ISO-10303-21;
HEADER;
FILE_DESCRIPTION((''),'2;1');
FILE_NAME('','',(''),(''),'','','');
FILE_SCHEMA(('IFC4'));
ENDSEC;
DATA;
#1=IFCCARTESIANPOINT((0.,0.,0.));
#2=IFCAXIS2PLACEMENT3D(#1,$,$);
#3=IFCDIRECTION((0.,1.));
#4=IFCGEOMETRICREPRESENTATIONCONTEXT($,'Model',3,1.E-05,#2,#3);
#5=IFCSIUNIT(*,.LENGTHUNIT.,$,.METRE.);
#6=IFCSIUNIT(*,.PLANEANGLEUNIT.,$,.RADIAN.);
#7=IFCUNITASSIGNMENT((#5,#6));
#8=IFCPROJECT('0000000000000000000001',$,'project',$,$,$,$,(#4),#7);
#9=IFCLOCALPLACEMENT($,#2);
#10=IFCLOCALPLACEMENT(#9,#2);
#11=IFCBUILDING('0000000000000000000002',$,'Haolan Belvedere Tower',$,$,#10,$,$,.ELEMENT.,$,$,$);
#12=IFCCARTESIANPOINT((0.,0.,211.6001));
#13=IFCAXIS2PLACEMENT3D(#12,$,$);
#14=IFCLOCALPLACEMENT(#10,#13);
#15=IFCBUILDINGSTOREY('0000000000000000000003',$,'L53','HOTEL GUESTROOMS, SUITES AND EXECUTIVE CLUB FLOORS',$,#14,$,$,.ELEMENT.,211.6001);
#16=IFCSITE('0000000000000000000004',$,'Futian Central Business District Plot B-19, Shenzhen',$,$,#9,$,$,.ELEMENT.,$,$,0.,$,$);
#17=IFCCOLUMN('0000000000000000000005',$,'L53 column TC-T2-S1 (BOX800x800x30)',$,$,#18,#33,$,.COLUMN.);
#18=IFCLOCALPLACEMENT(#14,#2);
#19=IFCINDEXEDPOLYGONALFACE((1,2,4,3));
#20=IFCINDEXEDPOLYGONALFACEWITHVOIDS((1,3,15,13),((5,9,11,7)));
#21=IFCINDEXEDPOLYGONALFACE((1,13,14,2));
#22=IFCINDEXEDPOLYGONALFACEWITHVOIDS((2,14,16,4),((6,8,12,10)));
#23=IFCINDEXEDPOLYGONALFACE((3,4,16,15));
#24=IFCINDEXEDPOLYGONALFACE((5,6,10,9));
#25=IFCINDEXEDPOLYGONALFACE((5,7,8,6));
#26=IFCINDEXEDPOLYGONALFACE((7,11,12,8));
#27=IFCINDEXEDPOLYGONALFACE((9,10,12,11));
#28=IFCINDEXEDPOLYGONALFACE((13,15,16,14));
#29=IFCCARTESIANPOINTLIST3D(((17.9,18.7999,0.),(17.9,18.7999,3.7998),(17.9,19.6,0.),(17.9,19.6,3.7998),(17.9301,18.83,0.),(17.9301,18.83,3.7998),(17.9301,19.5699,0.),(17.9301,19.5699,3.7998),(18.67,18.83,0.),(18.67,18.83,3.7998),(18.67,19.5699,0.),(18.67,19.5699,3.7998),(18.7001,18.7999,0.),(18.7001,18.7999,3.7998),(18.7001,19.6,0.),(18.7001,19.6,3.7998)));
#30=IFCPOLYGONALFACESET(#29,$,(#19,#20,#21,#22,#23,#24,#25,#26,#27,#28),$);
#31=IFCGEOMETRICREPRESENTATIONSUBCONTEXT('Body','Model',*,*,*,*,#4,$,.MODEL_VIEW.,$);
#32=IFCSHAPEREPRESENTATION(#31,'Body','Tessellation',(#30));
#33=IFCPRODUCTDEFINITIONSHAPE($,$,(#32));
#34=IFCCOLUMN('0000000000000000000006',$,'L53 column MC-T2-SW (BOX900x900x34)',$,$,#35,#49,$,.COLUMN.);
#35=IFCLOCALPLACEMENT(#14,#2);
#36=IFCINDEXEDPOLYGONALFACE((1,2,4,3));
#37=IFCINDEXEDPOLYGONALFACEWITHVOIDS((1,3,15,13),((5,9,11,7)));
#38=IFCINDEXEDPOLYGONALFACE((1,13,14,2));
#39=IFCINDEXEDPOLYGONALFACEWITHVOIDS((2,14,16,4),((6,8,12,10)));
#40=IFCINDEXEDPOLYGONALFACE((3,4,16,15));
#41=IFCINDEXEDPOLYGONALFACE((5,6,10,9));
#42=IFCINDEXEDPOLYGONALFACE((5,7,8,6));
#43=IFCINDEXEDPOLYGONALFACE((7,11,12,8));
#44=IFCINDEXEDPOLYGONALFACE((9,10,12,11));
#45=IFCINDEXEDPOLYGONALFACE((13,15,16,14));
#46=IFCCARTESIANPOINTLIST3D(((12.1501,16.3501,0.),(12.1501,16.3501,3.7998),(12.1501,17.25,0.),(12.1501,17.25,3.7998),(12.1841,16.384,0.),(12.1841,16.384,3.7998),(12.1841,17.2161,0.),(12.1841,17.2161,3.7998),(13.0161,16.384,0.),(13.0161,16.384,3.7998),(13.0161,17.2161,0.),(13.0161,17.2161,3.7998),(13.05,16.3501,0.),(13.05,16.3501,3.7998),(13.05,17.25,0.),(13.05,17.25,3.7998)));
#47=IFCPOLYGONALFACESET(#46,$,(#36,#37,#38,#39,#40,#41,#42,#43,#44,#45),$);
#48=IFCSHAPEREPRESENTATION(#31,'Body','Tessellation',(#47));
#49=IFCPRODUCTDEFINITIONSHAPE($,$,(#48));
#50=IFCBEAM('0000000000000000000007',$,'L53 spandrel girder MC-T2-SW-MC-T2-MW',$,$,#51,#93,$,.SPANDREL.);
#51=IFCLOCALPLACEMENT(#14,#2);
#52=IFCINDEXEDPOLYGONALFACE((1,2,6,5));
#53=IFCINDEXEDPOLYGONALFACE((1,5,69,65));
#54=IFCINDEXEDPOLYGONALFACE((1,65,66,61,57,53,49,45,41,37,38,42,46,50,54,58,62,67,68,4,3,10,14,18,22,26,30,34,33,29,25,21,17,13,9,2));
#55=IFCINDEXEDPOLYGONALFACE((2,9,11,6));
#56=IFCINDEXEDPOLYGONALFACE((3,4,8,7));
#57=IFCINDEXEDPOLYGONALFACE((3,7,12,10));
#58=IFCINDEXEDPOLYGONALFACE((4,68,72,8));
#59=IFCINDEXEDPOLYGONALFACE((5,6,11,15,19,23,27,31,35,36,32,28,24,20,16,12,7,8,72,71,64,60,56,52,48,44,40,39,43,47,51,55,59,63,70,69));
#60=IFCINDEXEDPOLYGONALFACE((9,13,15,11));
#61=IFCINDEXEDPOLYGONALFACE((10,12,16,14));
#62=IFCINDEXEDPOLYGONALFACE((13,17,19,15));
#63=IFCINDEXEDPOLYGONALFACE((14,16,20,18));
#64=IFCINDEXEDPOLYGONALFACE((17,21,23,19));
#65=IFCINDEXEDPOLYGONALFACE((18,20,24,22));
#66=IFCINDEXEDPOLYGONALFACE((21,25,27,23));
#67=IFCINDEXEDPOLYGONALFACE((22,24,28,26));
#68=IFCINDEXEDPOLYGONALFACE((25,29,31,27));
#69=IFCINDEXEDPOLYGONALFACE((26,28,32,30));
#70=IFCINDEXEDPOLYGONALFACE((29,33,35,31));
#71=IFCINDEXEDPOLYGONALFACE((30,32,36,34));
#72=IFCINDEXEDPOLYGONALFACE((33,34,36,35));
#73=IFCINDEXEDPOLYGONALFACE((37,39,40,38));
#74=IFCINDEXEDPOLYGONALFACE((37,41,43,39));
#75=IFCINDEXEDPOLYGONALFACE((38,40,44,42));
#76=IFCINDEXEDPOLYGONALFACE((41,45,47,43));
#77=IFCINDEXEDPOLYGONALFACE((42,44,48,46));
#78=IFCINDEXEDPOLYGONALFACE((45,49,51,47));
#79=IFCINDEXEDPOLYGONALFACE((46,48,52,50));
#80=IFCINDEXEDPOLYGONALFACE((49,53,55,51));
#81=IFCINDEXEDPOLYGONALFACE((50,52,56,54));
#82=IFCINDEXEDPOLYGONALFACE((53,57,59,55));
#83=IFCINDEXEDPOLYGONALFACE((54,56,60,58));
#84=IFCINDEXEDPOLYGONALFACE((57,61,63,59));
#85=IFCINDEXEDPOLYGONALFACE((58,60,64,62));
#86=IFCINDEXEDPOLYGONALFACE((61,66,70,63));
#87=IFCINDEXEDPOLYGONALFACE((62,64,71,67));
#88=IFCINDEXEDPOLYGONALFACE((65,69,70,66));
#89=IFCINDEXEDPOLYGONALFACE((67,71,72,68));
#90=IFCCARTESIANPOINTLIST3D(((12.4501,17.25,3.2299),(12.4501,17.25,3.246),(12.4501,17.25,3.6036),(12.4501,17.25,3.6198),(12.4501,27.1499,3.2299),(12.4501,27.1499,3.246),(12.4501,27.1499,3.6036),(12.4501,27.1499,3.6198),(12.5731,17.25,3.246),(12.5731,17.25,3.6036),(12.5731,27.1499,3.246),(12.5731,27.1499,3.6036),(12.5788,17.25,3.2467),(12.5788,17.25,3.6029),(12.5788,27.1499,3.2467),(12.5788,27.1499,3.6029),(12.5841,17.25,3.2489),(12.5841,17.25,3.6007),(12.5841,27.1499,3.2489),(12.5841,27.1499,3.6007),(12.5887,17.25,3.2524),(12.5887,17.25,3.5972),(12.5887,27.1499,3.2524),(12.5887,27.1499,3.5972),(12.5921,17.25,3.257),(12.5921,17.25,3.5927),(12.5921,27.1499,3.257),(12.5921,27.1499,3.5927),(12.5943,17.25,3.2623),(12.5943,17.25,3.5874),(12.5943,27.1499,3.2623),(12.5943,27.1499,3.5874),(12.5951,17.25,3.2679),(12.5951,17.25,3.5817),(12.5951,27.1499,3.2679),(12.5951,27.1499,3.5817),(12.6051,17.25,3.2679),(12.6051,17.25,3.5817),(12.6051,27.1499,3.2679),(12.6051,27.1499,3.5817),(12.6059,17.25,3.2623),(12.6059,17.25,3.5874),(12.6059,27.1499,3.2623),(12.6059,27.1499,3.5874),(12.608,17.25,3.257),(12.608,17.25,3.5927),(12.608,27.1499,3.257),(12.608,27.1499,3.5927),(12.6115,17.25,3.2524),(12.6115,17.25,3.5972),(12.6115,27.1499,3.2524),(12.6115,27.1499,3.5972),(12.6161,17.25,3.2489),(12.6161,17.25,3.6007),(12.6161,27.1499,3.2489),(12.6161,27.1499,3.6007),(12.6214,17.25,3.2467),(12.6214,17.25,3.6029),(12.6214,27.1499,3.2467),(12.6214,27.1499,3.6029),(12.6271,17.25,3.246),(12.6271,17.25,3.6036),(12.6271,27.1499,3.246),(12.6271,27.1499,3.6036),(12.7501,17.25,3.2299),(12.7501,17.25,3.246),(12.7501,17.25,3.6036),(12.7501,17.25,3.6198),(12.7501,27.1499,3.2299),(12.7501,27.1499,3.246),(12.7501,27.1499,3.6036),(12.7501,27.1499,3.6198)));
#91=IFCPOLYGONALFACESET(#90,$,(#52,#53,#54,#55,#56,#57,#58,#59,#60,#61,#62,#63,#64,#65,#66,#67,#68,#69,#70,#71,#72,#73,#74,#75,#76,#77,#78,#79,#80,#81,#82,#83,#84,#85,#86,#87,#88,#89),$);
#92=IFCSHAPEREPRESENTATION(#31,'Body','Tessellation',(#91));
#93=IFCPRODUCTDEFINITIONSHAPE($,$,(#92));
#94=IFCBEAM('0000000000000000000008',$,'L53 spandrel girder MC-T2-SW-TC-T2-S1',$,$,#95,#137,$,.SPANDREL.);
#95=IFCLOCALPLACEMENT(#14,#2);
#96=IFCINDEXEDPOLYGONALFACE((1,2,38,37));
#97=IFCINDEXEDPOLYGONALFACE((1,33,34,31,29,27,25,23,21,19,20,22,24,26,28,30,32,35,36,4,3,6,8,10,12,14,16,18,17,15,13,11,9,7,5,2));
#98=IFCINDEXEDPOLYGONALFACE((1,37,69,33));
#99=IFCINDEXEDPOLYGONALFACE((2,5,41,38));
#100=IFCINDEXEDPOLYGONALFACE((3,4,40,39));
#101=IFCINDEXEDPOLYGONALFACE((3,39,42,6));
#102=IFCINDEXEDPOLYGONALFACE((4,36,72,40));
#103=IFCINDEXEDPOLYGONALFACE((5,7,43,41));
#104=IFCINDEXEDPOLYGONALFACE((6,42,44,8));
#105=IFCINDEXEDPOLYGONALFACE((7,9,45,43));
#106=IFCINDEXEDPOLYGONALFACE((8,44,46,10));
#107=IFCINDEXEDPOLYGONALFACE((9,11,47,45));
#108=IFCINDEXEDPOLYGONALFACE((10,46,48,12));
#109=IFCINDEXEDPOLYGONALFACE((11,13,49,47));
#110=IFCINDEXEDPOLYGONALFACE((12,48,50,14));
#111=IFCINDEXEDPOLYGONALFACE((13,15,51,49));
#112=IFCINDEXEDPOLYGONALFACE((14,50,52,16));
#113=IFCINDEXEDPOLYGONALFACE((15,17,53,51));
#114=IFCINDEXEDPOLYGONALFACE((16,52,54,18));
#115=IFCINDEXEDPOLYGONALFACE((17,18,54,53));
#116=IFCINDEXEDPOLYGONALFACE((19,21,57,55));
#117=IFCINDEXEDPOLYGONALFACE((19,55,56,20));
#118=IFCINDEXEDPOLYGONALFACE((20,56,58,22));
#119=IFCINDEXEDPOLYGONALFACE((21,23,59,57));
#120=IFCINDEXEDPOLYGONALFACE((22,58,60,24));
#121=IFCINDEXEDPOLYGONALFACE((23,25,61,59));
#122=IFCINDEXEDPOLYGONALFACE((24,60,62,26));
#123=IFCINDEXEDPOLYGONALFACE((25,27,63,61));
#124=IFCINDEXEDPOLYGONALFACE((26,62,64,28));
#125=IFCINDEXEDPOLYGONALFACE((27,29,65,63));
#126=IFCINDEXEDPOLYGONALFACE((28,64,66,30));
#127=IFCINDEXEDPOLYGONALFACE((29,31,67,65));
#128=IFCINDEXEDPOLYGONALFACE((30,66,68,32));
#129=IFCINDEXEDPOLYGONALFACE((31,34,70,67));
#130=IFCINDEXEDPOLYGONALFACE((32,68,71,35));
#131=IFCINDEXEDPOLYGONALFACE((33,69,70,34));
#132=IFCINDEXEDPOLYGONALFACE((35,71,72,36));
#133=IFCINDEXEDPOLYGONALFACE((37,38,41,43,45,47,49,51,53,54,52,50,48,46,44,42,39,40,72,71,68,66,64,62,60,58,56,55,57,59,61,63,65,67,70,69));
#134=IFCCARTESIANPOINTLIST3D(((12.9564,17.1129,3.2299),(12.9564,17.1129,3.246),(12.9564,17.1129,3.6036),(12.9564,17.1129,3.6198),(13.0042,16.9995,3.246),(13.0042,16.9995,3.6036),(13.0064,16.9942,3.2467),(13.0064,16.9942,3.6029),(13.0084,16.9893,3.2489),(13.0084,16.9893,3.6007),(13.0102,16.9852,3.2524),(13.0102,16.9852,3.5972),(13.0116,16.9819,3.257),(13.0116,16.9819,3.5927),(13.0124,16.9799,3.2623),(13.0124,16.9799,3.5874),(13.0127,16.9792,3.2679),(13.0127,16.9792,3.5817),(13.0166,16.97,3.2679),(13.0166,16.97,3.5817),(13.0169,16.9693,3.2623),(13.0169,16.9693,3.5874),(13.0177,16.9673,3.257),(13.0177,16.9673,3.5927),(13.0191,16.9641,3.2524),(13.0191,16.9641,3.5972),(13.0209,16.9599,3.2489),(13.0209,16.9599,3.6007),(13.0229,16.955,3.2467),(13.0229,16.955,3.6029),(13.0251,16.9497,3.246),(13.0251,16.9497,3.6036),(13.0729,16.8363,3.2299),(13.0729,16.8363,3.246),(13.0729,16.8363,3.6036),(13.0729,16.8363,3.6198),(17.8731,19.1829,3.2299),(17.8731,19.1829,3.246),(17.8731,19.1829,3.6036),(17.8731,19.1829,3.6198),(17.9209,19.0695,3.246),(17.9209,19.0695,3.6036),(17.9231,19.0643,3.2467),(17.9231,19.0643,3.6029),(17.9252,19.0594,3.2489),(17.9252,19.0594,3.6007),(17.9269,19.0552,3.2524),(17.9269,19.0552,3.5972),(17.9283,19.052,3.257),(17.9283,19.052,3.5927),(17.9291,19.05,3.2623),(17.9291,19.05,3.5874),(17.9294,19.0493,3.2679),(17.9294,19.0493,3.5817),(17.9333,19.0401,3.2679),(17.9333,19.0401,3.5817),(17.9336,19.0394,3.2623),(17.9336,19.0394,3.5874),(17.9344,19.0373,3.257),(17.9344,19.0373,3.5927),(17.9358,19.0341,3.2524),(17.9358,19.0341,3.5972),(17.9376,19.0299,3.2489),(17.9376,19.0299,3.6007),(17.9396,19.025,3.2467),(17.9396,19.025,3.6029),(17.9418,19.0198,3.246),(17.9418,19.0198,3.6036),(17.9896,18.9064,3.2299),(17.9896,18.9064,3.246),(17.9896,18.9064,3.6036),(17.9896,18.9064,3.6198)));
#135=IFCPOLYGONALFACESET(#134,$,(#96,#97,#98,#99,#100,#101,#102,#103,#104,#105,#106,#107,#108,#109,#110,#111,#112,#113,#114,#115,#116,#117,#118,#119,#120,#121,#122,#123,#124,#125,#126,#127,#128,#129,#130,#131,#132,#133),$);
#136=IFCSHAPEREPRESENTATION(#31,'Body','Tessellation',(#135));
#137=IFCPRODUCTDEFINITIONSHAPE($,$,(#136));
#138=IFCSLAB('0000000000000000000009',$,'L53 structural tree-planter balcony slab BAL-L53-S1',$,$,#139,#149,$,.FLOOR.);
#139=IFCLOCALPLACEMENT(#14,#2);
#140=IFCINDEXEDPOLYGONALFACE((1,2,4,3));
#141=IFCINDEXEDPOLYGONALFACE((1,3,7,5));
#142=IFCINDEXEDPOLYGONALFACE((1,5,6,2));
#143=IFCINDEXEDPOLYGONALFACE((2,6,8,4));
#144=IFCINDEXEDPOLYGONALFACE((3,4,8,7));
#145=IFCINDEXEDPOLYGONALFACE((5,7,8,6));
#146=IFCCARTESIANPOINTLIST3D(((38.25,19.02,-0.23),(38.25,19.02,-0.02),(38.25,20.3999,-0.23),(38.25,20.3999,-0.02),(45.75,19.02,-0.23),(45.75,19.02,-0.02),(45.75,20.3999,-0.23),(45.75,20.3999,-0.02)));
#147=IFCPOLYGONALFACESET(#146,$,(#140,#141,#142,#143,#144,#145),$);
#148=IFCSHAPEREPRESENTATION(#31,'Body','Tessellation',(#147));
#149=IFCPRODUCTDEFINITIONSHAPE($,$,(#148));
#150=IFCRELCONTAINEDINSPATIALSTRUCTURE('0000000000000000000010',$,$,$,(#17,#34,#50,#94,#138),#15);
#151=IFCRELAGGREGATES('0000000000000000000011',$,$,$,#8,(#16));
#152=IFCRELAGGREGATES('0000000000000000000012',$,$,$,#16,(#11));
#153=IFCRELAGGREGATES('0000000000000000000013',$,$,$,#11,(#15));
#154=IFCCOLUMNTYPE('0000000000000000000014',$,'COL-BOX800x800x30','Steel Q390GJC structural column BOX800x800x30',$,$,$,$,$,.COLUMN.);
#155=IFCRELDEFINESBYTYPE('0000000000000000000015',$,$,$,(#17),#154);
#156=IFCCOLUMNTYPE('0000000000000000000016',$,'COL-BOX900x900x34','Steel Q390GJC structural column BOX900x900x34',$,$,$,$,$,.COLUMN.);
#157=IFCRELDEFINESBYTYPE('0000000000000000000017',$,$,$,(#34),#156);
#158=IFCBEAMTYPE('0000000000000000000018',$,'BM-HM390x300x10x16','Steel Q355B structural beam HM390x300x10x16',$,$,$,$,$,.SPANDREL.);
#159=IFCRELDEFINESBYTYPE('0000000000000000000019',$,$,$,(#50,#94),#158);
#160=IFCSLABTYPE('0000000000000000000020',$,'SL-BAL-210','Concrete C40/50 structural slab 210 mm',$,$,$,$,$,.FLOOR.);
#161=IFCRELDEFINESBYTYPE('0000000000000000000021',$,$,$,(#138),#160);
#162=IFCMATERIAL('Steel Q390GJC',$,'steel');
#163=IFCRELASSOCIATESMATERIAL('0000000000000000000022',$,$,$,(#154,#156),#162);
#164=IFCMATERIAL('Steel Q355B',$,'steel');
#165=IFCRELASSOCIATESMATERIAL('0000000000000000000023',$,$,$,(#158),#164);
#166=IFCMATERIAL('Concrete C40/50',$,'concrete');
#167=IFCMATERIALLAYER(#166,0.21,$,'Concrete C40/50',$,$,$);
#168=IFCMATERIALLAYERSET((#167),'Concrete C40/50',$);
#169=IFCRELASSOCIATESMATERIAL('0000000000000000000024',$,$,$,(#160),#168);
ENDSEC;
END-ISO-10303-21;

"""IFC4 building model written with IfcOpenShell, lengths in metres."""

from ifc_helpers import new_model, si_unit, direction, frame, origin, origin_2d, place, context, subcontext, project, spatial, polyline, hollow_rectangle, i_section, outline, extrude, material, layer, layer_set, material_profile, profile_set, type_object, element, save


model = new_model("IFC4")

# Units and contexts
model_context = context("Model", 3, precision=1e-05, world=origin(), true_north=direction((0.0, 1.0)))
body_context = subcontext(model_context, "Body", "Model", "MODEL_VIEW")
ifc_project = project(units=[si_unit("LENGTHUNIT", "METRE"), si_unit("PLANEANGLEUNIT", "RADIAN")], contexts=[model_context])

# Site, building, storey
site_placement = place(None, origin())
site = spatial("IfcSite", under=ifc_project, at=site_placement, Name="Futian Central Business District Plot B-19, Shenzhen", CompositionType="ELEMENT", RefElevation=0.0)
building_placement = place(site_placement, origin())
building = spatial("IfcBuilding", under=site, at=building_placement, Name="Haolan Belvedere Tower", CompositionType="ELEMENT")
storey_placement = place(building_placement, frame((0.0, 0.0, 211.6001)))
storey = spatial("IfcBuildingStorey", under=building, at=storey_placement, Name="L53", Description="HOTEL GUESTROOMS, SUITES AND EXECUTIVE CLUB FLOORS", CompositionType="ELEMENT", Elevation=211.6001)

# Columns
ifc_material_1 = material(Name="Steel Q390GJC", Category="steel")
ifc_material_profile_1 = material_profile(ifc_material_1, hollow_rectangle(XDim=0.8, YDim=0.8, WallThickness=0.03, at=origin_2d()), Name="Steel Q390GJC")
ifc_profile_set_1 = profile_set([ifc_material_profile_1], Name="Steel Q390GJC")
column_type_1 = type_object("IfcColumnType", Name="COL-BOX800x800x30", Description="Steel Q390GJC structural column BOX800x800x30", PredefinedType="COLUMN", material=ifc_profile_set_1)
column_1_placement = place(storey_placement, frame((18.3, 19.2, 0.0), z_axis=(0.0, 0.0, 1.0), x_axis=(1.0, 0.0, 0.0)))
element("IfcColumn", 1, at=column_1_placement, inside=storey, type_object=column_type_1, Name="L53 column TC-T2-S1 (BOX800x800x30)", PredefinedType="COLUMN", context=body_context, shape_type="SweptSolid", body=[
    extrude(hollow_rectangle(XDim=0.8, YDim=0.8, WallThickness=0.03, at=origin_2d()), origin(), (0.0, 0.0, 1.0), 3.7998),
])
ifc_material_profile_2 = material_profile(ifc_material_1, hollow_rectangle(XDim=0.8999, YDim=0.8999, WallThickness=0.0339, at=origin_2d()), Name="Steel Q390GJC")
ifc_profile_set_2 = profile_set([ifc_material_profile_2], Name="Steel Q390GJC")
column_type_2 = type_object("IfcColumnType", Name="COL-BOX900x900x34", Description="Steel Q390GJC structural column BOX900x900x34", PredefinedType="COLUMN", material=ifc_profile_set_2)
column_2_placement = place(storey_placement, frame((12.6001, 16.8, 0.0), z_axis=(0.0, 0.0, 1.0), x_axis=(1.0, 0.0, 0.0)))
element("IfcColumn", 2, at=column_2_placement, inside=storey, type_object=column_type_2, Name="L53 column MC-T2-SW (BOX900x900x34)", PredefinedType="COLUMN", context=body_context, shape_type="SweptSolid", body=[
    extrude(hollow_rectangle(XDim=0.8999, YDim=0.8999, WallThickness=0.0339, at=origin_2d()), origin(), (0.0, 0.0, 1.0), 3.7998),
])

# Beams
ifc_material_2 = material(Name="Steel Q355B", Category="steel")
ifc_material_profile_3 = material_profile(ifc_material_2, i_section(OverallWidth=0.3, OverallDepth=0.3899, WebThickness=0.01, FlangeThickness=0.0161, FilletRadius=0.022, at=origin_2d()), Name="Steel Q355B")
ifc_profile_set_3 = profile_set([ifc_material_profile_3], Name="Steel Q355B")
beam_type = type_object("IfcBeamType", Name="BM-HM390x300x10x16", Description="Steel Q355B structural beam HM390x300x10x16", PredefinedType="SPANDREL", material=ifc_profile_set_3)
beam_1_placement = place(storey_placement, frame((12.6001, 17.25, 3.4248), z_axis=(0.0, 1.0, 0.0), x_axis=(-1.0, 0.0, 0.0)))
element("IfcBeam", 3, at=beam_1_placement, inside=storey, type_object=beam_type, Name="L53 spandrel girder MC-T2-SW-MC-T2-MW", PredefinedType="SPANDREL", context=body_context, shape_type="SweptSolid", body=[
    extrude(i_section(OverallWidth=0.3, OverallDepth=0.3899, WebThickness=0.01, FlangeThickness=0.0161, FilletRadius=0.022, at=origin_2d()), origin(), (0.0, 0.0, 1.0), 9.8999),
])
beam_2_placement = place(storey_placement, frame((13.0146, 16.9746, 3.4248), z_axis=(0.921645, 0.388034, 0.0), x_axis=(-0.388034, 0.921645, 0.0)))
element("IfcBeam", 4, at=beam_2_placement, inside=storey, type_object=beam_type, Name="L53 spandrel girder MC-T2-SW-TC-T2-S1", PredefinedType="SPANDREL", context=body_context, shape_type="SweptSolid", body=[
    extrude(i_section(OverallWidth=0.3, OverallDepth=0.3899, WebThickness=0.01, FlangeThickness=0.0161, FilletRadius=0.022, at=origin_2d()), origin(), (0.0, 0.0, 1.0), 5.3347),
])

# Slab
ifc_material_3 = material(Name="Concrete C40/50", Category="concrete")
ifc_layer_1 = layer(ifc_material_3, 0.21, Name="Concrete C40/50")
ifc_layer_set_1 = layer_set([ifc_layer_1], Name="Concrete C40/50")
slab_type_1 = type_object("IfcSlabType", Name="SL-BAL-210", Description="Concrete C40/50 structural slab 210 mm", PredefinedType="FLOOR", material=ifc_layer_set_1)
slab_1_placement = place(storey_placement, frame((0.0, 0.0, -0.23)))
element("IfcSlab", 5, at=slab_1_placement, inside=storey, type_object=slab_type_1, Name="L53 structural tree-planter balcony slab BAL-L53-S1", PredefinedType="FLOOR", context=body_context, shape_type="SweptSolid", body=[
    extrude(outline(polyline([(38.25, 19.02), (45.75, 19.02), (45.75, 20.3999), (38.25, 20.3999), (38.25, 19.02)])), origin(), (0.0, 0.0, 1.0), 0.21),
])

save(model, "model.ifc")
